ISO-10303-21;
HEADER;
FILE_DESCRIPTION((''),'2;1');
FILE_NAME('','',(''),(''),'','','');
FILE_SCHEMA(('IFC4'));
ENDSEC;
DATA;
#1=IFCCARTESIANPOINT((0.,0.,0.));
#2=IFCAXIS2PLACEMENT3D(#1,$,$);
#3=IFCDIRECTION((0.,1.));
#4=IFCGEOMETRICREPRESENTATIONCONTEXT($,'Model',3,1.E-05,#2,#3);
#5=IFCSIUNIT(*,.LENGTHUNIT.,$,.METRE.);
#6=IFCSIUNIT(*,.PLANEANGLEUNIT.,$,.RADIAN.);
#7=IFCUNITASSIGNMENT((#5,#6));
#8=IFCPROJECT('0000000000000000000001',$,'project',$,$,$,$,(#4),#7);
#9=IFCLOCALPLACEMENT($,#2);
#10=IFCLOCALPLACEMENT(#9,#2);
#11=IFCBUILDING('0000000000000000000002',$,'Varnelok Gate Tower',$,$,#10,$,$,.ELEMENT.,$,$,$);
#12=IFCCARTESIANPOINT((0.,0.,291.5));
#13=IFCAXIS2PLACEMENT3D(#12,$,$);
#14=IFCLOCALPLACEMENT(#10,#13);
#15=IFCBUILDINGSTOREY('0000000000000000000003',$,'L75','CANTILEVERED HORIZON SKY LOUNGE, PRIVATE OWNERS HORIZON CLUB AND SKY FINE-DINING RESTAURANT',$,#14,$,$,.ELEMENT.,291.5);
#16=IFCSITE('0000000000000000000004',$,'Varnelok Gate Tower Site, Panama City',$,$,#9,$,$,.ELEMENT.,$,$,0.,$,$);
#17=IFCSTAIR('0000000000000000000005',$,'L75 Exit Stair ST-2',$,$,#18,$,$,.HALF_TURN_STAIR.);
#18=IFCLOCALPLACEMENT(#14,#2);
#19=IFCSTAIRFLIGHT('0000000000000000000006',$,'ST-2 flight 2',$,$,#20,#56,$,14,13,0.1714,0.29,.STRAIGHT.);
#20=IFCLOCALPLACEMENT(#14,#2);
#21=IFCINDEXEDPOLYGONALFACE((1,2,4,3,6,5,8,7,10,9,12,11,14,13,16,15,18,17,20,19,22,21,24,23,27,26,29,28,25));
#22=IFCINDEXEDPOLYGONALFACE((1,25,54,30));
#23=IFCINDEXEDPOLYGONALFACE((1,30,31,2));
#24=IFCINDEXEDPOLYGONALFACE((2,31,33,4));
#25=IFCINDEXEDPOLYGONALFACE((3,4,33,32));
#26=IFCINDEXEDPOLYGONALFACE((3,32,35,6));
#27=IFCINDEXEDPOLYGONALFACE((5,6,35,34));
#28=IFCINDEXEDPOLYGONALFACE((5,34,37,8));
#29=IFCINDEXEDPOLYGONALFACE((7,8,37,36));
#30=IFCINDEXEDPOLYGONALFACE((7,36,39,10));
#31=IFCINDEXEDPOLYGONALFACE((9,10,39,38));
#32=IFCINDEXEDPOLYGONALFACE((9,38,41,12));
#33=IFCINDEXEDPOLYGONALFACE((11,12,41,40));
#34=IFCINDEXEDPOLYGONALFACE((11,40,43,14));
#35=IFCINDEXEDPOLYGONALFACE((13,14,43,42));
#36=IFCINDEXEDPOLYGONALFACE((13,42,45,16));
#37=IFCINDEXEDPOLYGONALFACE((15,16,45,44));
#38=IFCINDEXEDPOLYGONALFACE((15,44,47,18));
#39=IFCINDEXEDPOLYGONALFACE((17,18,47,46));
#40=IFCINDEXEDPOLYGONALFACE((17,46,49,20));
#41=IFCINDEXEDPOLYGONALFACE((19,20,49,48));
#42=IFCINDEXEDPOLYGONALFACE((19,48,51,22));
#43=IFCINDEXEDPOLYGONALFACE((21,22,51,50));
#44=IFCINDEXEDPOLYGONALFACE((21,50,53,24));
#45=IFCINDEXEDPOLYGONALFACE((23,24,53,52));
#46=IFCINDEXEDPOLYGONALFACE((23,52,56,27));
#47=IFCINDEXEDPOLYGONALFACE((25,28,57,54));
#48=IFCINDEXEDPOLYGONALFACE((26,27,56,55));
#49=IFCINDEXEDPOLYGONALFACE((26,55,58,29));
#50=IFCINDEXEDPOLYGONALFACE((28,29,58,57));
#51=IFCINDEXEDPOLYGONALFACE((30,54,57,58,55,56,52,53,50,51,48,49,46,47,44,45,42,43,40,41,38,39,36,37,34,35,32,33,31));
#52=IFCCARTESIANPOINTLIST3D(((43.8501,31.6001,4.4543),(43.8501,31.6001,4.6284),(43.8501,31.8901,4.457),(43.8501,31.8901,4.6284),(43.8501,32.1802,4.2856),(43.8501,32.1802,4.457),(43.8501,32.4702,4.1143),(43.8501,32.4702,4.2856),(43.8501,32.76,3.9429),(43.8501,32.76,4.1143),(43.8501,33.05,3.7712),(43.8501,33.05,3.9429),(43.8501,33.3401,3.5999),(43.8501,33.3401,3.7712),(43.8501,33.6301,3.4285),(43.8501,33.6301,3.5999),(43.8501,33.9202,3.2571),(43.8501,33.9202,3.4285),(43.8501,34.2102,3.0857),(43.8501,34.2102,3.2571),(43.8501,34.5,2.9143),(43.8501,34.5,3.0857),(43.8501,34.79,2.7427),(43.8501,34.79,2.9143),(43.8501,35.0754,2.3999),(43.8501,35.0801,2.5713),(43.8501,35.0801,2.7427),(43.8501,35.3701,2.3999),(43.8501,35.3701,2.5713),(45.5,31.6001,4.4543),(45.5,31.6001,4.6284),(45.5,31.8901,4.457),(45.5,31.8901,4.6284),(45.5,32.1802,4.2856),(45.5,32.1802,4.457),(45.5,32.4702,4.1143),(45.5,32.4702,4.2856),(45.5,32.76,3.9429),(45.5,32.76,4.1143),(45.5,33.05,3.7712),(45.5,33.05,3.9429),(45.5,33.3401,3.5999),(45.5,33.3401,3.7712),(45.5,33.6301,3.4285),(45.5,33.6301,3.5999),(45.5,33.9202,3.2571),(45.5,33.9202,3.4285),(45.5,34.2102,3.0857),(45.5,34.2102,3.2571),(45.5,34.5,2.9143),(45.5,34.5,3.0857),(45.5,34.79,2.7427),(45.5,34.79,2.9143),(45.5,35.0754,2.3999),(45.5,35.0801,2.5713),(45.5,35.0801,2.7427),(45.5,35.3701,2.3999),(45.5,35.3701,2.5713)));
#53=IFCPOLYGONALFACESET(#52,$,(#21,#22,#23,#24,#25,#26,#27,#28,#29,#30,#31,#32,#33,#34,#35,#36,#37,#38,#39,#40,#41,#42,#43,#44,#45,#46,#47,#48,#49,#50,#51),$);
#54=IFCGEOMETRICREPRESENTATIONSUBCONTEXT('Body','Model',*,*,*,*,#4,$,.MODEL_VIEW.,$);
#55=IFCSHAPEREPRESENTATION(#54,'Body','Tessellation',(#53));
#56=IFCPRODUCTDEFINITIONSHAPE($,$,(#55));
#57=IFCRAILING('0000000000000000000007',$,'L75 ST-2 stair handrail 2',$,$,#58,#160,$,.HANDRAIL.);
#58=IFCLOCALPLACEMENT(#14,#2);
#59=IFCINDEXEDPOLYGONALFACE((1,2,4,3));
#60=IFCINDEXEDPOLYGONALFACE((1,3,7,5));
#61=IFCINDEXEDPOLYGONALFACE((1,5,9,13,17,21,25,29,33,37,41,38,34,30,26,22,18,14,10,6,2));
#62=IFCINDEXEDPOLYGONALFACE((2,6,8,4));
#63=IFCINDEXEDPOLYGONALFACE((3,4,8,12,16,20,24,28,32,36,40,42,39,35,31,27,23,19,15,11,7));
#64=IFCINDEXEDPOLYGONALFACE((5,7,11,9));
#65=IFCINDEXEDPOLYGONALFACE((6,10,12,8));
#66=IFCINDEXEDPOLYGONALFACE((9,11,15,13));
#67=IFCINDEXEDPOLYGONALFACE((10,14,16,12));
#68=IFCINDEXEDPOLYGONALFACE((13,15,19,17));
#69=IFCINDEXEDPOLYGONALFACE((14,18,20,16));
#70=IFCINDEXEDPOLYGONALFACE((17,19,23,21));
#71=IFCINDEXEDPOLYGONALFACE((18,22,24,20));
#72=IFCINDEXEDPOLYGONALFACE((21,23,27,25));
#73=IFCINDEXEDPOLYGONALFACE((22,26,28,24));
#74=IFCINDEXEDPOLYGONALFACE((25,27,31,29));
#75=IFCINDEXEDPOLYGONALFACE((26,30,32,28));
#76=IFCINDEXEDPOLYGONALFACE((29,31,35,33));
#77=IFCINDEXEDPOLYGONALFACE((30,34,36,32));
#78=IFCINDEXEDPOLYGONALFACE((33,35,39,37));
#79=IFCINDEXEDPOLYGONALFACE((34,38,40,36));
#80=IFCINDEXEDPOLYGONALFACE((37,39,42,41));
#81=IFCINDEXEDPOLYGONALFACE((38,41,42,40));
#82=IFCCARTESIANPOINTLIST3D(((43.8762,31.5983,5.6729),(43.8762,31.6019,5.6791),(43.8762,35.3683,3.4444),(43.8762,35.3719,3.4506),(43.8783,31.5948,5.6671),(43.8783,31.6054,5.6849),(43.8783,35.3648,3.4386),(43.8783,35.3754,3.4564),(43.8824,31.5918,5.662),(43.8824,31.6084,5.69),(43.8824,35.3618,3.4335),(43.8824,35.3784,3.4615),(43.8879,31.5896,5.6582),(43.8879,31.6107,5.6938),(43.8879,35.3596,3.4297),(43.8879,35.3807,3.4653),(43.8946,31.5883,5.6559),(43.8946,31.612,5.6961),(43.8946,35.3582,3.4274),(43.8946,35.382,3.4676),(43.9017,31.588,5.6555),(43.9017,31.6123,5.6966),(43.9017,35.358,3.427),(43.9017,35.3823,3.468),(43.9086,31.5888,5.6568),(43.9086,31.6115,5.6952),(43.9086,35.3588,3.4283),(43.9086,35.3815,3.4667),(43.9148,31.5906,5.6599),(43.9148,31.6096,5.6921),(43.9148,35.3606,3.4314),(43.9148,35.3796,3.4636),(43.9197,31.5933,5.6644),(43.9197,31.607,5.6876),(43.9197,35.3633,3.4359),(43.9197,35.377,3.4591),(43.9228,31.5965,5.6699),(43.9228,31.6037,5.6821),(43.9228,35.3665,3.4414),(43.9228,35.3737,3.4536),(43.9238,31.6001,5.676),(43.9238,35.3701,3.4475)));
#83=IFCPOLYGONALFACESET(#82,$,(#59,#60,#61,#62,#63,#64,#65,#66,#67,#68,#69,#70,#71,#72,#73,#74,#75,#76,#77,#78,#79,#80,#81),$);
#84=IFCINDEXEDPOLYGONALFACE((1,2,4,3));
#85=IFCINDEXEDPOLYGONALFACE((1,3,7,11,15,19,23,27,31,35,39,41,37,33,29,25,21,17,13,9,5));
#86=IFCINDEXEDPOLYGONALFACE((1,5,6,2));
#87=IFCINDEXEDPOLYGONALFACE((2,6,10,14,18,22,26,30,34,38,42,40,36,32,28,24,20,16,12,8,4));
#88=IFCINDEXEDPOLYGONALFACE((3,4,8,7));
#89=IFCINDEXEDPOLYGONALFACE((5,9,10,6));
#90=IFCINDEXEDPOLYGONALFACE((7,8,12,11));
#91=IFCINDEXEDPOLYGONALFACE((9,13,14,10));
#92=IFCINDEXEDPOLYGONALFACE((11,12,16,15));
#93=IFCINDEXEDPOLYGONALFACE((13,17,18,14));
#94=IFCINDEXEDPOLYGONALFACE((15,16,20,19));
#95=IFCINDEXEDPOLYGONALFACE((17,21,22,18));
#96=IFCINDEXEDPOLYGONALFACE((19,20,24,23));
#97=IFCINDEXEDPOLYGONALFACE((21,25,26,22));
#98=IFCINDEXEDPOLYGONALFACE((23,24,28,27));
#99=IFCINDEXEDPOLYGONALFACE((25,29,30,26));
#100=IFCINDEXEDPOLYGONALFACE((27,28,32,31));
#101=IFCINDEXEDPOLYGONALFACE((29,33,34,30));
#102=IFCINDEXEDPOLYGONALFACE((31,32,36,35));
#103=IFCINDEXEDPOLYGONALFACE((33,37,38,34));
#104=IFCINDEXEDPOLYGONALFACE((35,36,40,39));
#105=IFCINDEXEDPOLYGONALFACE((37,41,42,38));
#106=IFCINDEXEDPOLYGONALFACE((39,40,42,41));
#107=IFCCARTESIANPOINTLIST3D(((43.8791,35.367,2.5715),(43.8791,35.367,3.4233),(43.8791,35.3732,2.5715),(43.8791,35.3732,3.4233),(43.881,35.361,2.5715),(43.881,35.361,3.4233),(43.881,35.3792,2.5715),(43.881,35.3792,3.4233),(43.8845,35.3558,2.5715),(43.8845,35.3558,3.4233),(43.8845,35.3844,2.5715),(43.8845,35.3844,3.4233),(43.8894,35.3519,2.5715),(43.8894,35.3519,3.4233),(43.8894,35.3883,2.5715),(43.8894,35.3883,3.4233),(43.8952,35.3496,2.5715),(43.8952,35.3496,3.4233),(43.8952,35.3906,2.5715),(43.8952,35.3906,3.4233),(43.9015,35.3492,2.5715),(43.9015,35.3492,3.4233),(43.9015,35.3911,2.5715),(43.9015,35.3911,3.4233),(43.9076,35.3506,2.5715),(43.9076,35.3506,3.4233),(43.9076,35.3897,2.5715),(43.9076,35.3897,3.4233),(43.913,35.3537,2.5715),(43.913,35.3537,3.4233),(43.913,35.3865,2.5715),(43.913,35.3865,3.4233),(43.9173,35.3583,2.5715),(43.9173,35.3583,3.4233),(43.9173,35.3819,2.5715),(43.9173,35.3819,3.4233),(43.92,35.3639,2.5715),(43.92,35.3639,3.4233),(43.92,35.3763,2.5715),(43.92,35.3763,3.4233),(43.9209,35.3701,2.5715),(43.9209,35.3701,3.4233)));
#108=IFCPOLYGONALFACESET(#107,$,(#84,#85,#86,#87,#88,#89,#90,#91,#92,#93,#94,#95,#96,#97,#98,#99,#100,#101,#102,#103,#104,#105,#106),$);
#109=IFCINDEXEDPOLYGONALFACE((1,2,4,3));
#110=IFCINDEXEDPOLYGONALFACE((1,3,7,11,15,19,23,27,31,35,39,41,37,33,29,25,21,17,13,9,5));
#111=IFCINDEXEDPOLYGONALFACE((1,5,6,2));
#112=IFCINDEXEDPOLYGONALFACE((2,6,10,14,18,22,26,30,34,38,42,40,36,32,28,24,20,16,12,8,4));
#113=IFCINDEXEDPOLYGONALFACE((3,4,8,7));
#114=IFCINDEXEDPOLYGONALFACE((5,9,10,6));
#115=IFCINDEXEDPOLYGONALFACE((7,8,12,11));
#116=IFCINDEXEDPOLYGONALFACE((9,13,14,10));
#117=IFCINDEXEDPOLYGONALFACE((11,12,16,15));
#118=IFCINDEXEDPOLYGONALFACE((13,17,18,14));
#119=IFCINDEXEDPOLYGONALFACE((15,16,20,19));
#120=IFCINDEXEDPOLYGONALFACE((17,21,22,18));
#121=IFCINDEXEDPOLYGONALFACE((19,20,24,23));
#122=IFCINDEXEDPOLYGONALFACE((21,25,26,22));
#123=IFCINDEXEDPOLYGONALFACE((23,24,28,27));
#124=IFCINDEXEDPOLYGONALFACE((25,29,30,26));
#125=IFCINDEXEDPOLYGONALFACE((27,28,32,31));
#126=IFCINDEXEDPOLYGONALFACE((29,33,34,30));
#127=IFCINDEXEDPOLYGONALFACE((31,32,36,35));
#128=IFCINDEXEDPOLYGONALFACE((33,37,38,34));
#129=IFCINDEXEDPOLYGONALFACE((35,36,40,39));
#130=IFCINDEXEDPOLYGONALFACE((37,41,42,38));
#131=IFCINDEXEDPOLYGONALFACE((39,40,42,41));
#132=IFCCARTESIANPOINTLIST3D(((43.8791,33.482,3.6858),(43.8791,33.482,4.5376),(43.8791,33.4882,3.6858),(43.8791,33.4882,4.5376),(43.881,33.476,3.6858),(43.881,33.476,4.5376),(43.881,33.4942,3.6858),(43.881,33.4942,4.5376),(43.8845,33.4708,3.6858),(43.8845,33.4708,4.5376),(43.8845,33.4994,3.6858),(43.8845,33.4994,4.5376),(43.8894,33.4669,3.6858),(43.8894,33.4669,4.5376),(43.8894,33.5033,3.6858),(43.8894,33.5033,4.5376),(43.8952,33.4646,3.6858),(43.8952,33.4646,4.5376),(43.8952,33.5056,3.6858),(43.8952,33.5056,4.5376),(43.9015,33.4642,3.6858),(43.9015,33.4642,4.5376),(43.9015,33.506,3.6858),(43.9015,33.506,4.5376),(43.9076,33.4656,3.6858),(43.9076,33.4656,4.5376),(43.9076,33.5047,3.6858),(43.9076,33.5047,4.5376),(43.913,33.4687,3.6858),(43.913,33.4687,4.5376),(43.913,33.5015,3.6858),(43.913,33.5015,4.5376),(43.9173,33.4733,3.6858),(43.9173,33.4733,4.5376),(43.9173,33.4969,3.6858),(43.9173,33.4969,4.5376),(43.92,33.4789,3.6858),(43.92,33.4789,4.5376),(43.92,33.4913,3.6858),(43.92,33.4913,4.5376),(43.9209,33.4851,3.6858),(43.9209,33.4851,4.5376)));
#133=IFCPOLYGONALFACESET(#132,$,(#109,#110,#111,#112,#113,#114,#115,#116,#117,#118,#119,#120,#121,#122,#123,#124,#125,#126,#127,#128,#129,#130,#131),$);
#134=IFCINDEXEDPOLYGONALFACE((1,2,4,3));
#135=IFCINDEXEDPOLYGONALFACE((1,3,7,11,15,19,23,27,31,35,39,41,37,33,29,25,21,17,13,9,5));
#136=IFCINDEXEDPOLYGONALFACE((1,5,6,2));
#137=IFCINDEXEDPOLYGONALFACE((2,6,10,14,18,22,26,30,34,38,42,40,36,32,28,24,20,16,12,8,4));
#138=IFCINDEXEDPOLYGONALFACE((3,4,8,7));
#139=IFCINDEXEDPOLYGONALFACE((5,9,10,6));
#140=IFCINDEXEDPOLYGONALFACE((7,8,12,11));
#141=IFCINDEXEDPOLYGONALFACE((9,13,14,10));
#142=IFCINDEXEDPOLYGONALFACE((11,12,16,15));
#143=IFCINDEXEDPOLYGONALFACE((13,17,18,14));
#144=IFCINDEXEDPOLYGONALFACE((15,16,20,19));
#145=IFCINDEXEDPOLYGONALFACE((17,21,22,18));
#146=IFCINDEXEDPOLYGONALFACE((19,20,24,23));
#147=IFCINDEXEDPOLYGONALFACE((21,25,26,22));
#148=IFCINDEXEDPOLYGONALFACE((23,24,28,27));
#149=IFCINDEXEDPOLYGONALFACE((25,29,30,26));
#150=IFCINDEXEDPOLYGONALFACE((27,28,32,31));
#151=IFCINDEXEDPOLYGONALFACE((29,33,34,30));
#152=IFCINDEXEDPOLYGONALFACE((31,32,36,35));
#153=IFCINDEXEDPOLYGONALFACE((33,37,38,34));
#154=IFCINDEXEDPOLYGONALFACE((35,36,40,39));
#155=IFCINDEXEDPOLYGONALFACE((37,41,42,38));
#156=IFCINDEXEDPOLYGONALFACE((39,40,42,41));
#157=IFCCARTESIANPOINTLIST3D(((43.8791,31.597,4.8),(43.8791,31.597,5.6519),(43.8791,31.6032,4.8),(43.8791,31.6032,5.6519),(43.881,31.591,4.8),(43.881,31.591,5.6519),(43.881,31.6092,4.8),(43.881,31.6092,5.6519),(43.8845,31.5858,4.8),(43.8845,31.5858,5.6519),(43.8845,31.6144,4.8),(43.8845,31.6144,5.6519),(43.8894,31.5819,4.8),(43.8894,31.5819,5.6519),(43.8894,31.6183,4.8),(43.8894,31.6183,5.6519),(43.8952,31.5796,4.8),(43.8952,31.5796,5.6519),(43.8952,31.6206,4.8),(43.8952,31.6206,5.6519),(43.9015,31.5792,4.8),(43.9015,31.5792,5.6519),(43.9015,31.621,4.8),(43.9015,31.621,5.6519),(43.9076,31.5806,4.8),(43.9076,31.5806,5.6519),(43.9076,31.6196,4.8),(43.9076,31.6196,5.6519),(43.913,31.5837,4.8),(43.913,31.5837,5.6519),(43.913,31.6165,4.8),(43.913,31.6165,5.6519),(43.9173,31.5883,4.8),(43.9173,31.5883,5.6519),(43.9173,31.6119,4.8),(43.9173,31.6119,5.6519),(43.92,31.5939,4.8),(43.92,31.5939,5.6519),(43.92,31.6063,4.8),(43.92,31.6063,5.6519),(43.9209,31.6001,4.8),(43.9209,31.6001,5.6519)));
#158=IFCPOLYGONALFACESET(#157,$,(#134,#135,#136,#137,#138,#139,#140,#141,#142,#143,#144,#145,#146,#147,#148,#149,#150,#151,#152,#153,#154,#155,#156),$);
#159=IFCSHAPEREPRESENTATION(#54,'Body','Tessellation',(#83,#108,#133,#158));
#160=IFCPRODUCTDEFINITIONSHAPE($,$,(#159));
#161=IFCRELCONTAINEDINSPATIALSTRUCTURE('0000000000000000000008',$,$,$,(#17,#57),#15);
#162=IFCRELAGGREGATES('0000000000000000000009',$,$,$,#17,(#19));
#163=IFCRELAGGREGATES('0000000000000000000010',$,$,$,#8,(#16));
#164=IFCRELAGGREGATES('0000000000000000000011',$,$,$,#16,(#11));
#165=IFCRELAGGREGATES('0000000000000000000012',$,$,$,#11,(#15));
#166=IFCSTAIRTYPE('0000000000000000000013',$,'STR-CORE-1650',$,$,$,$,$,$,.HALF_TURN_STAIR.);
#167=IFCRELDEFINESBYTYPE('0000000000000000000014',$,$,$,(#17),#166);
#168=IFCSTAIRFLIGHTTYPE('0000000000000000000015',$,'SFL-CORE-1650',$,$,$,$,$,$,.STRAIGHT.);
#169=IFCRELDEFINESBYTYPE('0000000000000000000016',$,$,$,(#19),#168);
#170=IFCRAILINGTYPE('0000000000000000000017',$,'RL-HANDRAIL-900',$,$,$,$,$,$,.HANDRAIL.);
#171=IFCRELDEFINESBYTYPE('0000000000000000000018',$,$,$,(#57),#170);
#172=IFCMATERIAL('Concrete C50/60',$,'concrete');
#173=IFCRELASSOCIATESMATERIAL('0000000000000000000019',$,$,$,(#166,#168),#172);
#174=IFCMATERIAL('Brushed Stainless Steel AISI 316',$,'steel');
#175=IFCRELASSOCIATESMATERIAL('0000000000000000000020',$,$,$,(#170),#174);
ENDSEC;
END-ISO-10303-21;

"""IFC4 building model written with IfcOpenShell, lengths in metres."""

from ifc_helpers import new_model, si_unit, direction, frame, origin, origin_2d, place, context, subcontext, project, spatial, polyline, circle, outline, extrude, material, type_object, element, aggregate, save


model = new_model("IFC4")

# Units and contexts
model_context = context("Model", 3, precision=1e-05, world=origin(), true_north=direction((0.0, 1.0)))
body_context = subcontext(model_context, "Body", "Model", "MODEL_VIEW")
ifc_project = project(units=[si_unit("LENGTHUNIT", "METRE"), si_unit("PLANEANGLEUNIT", "RADIAN")], contexts=[model_context])

# Site, building, storey
site_placement = place(None, origin())
site = spatial("IfcSite", under=ifc_project, at=site_placement, Name="Varnelok Gate Tower Site, Panama City", CompositionType="ELEMENT", RefElevation=0.0)
building_placement = place(site_placement, origin())
building = spatial("IfcBuilding", under=site, at=building_placement, Name="Varnelok Gate Tower", CompositionType="ELEMENT")
storey_placement = place(building_placement, frame((0.0, 0.0, 291.5)))
storey = spatial("IfcBuildingStorey", under=building, at=storey_placement, Name="L75", Description="CANTILEVERED HORIZON SKY LOUNGE, PRIVATE OWNERS HORIZON CLUB AND SKY FINE-DINING RESTAURANT", CompositionType="ELEMENT", Elevation=291.5)

# Shared definitions
ifc_material_1 = material(Name="Concrete C50/60", Category="concrete")

# Stair, stair flight
stair_type = type_object("IfcStairType", Name="STR-CORE-1650", PredefinedType="HALF_TURN_STAIR", material=ifc_material_1)
stair_placement = place(storey_placement, origin())
stair = element("IfcStair", 1, at=stair_placement, inside=storey, type_object=stair_type, Name="L75 Exit Stair ST-2", PredefinedType="HALF_TURN_STAIR")
stair_flight_type = type_object("IfcStairFlightType", Name="SFL-CORE-1650", PredefinedType="STRAIGHT", material=ifc_material_1)
stair_flight_placement = place(storey_placement, frame((44.675, 35.3701, 2.3999), z_axis=(0.0, 0.0, 1.0), x_axis=(0.0, -1.0, 0.0)))
stair_flight = element("IfcStairFlight", 2, at=stair_flight_placement, type_object=stair_flight_type, Name="ST-2 flight 2", NumberOfRisers=14, NumberOfTreads=13, PredefinedType="STRAIGHT", RiserHeight=0.1714, TreadLength=0.29, context=body_context, shape_type="SweptSolid", body=[
    extrude(outline(polyline([(0.0, 0.0), (0.0, 0.1714), (0.29, 0.1714), (0.29, 0.3428), (0.5801, 0.3428), (0.5801, 0.5144), (0.8701, 0.5144), (0.8701, 0.6858), (1.1599, 0.6858), (1.1599, 0.8572), (1.45, 0.8572), (1.45, 1.0286), (1.74, 1.0286), (1.74, 1.2), (2.03, 1.2), (2.03, 1.3713), (2.3201, 1.3713), (2.3201, 1.543), (2.6101, 1.543), (2.6101, 1.7144), (2.8999, 1.7144), (2.8999, 1.8857), (3.1899, 1.8857), (3.1899, 2.0571), (3.48, 2.0571), (3.48, 2.2285), (3.77, 2.2285), (3.77, 2.3999), (3.77, 2.0544), (0.2947, 0.0), (0.0, 0.0)])), frame((0.0, 0.825, 0.0), z_axis=(0.0, -1.0, 0.0), x_axis=(1.0, 0.0, 0.0)), (0.0, 0.0, 1.0), 1.6499),
])
aggregate(stair, [stair_flight])

# Railing
ifc_material_2 = material(Name="Brushed Stainless Steel AISI 316", Category="steel")
railing_type_1 = type_object("IfcRailingType", Name="RL-HANDRAIL-900", PredefinedType="HANDRAIL", material=ifc_material_2)
railing_1_placement = place(storey_placement, frame((43.8999, 35.3701, 2.5715)))
element("IfcRailing", 3, at=railing_1_placement, inside=storey, type_object=railing_type_1, Name="L75 ST-2 stair handrail 2", PredefinedType="HANDRAIL", context=body_context, shape_type="SweptSolid", body=[
    extrude(circle(Radius=0.0239, at=origin_2d()), frame((0.0, 0.0, 0.876), z_axis=(0.0, -0.860849, 0.508861), x_axis=(1.0, 0.0, 0.0)), (0.0, 0.0, 1.0), 4.3794),
    extrude(circle(Radius=0.021, at=origin_2d()), origin(), (0.0, 0.0, 1.0), 0.8518),
    extrude(circle(Radius=0.021, at=origin_2d()), frame((0.0, -1.885, 1.1143)), (0.0, 0.0, 1.0), 0.8518),
    extrude(circle(Radius=0.021, at=origin_2d()), frame((0.0, -3.77, 2.2285)), (0.0, 0.0, 1.0), 0.8518),
])

save(model, "model.ifc")
